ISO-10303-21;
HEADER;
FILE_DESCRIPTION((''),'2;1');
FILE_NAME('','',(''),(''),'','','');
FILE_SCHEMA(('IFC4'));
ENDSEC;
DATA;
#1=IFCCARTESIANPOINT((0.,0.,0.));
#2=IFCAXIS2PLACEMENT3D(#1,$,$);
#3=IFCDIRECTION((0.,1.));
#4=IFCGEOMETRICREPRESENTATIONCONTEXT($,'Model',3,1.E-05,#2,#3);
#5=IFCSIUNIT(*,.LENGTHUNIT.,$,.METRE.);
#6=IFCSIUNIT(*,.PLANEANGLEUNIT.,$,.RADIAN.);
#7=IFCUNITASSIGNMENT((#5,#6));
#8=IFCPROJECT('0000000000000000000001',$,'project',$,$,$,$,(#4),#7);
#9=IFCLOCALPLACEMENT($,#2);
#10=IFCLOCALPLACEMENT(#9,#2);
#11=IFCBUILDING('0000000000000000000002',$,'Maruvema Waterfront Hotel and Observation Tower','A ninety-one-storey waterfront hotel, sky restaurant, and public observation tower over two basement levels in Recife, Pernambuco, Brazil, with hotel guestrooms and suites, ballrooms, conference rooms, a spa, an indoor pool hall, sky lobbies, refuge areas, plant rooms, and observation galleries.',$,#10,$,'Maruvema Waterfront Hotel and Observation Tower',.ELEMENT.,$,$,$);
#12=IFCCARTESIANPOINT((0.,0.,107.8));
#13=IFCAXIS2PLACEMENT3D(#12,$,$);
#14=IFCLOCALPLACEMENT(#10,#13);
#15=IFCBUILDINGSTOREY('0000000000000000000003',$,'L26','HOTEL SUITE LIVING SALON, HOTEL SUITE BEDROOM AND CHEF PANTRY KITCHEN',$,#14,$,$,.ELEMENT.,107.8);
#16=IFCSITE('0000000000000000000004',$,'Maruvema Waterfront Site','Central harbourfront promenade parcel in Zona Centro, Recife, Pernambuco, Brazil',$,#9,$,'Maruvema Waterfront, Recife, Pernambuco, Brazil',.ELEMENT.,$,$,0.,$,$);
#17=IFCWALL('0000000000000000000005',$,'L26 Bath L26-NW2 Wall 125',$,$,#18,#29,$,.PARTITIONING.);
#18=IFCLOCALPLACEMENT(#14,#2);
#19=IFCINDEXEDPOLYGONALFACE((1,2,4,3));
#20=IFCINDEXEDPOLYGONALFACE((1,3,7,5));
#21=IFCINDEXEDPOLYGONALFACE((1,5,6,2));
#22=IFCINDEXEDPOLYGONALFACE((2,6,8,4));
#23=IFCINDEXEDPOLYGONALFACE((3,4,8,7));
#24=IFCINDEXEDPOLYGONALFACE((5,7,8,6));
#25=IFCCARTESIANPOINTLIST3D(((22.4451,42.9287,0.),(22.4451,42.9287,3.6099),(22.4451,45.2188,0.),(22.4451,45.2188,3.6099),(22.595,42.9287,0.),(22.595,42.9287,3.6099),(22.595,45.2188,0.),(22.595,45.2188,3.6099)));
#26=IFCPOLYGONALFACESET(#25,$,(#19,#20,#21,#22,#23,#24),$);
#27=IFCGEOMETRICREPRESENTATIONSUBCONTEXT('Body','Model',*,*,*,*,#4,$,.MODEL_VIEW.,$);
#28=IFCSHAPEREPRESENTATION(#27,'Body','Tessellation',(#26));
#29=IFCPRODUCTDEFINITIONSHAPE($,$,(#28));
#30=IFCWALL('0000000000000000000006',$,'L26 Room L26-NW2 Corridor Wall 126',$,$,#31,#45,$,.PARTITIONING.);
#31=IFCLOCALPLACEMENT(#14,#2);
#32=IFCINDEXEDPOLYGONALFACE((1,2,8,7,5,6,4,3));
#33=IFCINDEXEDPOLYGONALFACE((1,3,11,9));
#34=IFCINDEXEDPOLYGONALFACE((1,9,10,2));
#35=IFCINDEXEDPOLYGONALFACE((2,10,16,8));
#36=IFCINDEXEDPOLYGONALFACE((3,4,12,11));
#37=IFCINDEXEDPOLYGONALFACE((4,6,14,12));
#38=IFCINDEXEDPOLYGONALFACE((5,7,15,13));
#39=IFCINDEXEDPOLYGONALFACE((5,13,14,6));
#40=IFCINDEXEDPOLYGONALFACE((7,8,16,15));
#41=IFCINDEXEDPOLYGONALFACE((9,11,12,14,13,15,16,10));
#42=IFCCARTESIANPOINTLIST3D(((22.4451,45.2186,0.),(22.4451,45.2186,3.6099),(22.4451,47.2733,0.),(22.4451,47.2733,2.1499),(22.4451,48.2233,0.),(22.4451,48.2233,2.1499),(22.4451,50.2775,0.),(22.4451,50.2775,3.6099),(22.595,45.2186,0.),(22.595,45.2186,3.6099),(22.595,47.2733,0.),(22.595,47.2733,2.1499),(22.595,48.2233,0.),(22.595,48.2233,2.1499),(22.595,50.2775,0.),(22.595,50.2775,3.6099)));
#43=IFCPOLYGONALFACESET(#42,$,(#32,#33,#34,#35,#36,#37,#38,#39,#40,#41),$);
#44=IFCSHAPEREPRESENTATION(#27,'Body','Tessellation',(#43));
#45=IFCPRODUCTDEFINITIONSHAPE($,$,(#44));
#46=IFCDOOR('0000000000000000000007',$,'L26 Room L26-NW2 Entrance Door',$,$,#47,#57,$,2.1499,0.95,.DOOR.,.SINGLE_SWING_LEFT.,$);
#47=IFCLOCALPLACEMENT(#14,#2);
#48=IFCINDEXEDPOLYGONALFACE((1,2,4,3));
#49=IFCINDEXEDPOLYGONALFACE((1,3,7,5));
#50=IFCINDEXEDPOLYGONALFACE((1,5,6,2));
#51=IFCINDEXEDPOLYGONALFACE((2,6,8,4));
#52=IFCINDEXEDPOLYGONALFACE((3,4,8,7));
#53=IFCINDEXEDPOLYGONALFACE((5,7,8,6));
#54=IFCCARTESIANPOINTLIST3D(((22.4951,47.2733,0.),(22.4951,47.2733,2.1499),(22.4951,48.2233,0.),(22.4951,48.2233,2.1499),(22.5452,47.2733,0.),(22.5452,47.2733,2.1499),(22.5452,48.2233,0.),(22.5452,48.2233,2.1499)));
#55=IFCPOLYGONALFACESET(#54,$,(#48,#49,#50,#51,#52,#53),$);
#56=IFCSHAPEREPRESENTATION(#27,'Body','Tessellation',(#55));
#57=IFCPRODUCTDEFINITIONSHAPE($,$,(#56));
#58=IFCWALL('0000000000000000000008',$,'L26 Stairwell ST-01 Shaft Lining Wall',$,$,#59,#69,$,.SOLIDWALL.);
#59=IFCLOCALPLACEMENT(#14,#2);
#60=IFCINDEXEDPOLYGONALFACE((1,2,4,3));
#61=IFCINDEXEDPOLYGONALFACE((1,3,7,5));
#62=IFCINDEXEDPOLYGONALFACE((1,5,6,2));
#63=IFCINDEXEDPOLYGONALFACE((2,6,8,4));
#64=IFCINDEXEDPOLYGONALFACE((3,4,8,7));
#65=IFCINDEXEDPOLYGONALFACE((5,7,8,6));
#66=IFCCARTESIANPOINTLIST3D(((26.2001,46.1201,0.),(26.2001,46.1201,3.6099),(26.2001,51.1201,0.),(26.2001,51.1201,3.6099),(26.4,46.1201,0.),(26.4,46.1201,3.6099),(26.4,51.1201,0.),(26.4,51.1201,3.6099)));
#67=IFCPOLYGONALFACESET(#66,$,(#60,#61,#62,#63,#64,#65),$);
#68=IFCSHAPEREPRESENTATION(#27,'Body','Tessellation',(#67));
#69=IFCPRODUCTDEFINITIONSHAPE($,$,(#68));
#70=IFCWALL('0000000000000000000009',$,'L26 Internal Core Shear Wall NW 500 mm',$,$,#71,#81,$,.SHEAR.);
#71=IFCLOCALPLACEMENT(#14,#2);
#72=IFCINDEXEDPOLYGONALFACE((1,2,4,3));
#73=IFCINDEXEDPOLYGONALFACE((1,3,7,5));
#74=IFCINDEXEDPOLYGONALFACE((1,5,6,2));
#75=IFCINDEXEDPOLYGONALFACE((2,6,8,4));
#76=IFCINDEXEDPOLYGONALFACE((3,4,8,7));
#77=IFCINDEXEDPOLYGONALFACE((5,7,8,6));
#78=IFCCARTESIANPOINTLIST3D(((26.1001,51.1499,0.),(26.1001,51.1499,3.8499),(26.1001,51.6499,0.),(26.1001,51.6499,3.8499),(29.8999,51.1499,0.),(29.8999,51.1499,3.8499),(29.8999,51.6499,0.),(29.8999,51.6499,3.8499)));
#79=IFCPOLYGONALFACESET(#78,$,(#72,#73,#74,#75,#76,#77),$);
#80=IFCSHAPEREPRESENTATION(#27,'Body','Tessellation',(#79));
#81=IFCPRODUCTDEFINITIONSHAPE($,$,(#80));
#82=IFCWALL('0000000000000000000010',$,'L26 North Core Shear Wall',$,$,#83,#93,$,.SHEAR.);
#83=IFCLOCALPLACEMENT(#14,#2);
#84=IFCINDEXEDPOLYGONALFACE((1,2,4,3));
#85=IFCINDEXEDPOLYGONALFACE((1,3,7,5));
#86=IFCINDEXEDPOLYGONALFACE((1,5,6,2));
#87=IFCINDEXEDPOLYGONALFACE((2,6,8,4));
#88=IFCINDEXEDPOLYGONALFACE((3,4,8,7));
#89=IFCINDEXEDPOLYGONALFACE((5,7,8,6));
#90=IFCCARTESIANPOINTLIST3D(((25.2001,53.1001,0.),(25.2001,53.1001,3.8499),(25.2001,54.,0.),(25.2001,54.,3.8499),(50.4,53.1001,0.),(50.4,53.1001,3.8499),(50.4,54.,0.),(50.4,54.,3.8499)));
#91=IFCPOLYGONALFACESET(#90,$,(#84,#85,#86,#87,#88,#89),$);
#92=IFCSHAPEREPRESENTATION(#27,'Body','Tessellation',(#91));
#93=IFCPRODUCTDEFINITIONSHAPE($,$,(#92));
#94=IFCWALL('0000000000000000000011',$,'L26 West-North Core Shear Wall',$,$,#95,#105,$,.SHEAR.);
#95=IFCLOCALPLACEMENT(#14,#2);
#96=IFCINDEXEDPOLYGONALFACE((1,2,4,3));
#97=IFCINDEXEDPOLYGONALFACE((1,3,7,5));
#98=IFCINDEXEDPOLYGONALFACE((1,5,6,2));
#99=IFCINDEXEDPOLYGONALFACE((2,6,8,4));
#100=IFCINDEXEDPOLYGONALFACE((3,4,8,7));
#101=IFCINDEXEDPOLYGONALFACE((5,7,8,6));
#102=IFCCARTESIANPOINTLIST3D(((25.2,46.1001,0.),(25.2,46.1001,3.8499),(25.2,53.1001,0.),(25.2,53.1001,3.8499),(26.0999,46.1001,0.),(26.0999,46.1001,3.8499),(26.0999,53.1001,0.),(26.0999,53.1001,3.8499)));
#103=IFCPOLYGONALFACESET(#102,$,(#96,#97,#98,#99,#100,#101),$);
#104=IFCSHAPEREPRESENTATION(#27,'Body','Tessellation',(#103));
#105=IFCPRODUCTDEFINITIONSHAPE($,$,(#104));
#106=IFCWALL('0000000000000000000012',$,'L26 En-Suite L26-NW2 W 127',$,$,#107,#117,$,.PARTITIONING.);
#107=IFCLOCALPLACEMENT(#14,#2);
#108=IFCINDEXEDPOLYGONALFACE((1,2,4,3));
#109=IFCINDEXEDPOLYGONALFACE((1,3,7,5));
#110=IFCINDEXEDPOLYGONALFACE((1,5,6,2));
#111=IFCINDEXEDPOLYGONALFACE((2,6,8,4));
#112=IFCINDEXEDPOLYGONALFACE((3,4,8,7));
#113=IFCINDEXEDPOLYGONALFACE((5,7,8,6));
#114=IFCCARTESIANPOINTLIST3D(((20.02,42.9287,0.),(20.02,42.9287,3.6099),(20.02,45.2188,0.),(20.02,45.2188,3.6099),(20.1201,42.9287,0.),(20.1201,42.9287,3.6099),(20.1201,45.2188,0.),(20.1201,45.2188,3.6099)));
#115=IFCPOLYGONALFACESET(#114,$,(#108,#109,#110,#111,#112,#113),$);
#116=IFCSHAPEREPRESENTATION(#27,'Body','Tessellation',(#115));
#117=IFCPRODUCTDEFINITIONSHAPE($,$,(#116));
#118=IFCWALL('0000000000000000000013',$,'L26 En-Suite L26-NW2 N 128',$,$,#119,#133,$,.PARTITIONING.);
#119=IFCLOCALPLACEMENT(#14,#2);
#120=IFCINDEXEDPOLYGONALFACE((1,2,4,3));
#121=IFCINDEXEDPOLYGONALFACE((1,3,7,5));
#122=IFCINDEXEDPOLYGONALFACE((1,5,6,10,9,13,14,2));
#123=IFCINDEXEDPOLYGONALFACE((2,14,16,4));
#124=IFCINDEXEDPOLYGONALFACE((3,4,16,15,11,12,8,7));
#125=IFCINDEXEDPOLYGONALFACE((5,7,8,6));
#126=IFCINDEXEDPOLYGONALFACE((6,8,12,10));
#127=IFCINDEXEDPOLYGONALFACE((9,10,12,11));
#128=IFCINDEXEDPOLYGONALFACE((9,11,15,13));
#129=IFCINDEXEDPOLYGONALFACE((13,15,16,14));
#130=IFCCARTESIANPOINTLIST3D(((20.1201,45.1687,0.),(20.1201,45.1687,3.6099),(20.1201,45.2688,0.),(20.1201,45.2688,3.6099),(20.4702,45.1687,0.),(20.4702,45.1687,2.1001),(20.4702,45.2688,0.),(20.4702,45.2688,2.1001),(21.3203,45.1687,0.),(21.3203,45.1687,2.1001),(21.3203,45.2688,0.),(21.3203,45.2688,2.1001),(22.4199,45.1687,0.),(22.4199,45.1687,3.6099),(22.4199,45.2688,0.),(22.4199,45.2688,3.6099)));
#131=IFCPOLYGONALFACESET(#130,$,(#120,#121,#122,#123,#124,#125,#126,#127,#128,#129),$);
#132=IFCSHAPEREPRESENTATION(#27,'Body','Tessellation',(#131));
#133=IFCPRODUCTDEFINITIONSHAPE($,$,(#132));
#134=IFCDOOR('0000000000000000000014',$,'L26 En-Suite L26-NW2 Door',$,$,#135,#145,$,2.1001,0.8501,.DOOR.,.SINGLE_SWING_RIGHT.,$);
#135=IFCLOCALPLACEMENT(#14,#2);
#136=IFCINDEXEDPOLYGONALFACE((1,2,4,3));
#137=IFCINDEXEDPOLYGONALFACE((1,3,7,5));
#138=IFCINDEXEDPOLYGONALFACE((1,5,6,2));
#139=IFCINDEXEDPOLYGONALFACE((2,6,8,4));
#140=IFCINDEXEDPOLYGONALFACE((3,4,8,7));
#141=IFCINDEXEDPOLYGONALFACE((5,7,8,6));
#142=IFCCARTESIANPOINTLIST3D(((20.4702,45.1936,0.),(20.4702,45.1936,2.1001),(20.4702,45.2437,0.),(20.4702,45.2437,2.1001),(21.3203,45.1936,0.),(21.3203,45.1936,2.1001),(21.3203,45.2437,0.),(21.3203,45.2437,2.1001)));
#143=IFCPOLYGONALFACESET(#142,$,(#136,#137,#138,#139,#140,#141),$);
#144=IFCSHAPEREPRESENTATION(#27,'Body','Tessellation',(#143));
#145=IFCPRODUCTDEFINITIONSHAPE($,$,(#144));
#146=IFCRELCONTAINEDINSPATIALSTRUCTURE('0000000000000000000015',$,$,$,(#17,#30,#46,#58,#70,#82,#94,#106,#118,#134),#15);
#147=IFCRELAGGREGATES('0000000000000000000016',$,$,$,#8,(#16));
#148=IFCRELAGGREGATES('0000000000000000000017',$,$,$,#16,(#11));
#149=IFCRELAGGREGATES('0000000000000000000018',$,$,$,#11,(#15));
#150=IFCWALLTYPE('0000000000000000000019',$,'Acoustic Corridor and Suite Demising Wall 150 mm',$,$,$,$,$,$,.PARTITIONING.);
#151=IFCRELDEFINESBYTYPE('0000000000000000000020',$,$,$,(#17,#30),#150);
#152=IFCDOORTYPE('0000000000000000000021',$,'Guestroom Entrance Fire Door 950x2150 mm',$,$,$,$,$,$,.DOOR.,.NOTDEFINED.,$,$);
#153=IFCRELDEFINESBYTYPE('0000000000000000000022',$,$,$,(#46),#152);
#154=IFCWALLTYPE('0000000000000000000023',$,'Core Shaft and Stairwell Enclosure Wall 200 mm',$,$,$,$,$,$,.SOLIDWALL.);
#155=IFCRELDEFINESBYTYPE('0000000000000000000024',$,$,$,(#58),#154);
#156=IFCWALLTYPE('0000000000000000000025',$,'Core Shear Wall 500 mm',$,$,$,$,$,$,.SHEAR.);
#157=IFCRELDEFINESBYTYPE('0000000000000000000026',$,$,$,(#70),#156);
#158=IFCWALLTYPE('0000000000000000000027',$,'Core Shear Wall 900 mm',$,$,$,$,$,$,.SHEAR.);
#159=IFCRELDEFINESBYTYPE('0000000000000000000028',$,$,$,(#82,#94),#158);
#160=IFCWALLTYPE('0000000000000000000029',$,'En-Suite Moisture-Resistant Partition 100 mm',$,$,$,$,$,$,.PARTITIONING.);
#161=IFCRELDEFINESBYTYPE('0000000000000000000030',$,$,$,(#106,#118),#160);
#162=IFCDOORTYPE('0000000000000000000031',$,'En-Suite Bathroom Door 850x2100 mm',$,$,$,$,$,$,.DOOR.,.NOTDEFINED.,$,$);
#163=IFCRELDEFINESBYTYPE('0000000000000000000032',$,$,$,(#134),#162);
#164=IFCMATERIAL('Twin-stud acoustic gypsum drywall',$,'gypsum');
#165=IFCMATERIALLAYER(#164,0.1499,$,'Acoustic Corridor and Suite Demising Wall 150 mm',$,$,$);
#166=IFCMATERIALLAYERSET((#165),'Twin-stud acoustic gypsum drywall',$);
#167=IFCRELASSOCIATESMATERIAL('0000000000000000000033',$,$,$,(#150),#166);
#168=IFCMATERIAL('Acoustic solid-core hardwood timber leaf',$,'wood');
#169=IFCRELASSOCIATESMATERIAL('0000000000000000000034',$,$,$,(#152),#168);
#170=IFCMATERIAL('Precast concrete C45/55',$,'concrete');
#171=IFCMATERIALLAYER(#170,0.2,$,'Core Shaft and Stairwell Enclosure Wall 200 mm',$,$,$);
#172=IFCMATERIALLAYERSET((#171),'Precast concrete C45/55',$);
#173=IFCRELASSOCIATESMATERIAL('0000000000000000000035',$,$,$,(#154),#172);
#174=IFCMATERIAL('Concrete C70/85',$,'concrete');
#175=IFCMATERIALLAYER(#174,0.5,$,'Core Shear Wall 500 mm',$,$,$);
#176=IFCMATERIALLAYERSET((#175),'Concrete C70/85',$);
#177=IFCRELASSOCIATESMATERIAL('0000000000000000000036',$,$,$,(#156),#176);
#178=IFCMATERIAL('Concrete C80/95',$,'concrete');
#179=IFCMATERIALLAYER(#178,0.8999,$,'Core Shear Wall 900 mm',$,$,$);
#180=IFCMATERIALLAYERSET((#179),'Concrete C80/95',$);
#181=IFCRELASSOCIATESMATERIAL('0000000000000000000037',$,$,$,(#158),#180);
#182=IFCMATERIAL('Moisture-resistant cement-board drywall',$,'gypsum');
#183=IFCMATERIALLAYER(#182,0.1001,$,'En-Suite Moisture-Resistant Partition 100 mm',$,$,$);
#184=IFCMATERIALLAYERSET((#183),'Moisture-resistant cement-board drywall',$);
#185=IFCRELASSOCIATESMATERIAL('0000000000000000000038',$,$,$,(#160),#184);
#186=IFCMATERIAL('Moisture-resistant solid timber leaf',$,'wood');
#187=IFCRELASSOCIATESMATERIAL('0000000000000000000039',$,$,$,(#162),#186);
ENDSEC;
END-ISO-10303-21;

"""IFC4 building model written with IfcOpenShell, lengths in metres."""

from ifc_helpers import new_model, si_unit, direction, frame, frame_2d, origin, place, context, subcontext, project, spatial, rectangle, extrude, material, layer, layer_set, type_object, element, fill, save


model = new_model("IFC4")

# Units and contexts
model_context = context("Model", 3, precision=1e-05, world=origin(), true_north=direction((0.0, 1.0)))
body_context = subcontext(model_context, "Body", "Model", "MODEL_VIEW")
ifc_project = project(units=[si_unit("LENGTHUNIT", "METRE"), si_unit("PLANEANGLEUNIT", "RADIAN")], contexts=[model_context])

# Site, building, storey
site_placement = place(None, origin())
site = spatial("IfcSite", under=ifc_project, at=site_placement, Name="Maruvema Waterfront Site", Description="Central harbourfront promenade parcel in Zona Centro, Recife, Pernambuco, Brazil", LongName="Maruvema Waterfront, Recife, Pernambuco, Brazil", CompositionType="ELEMENT", RefElevation=0.0)
building_placement = place(site_placement, origin())
building = spatial("IfcBuilding", under=site, at=building_placement, Name="Maruvema Waterfront Hotel and Observation Tower", Description="A ninety-one-storey waterfront hotel, sky restaurant, and public observation tower over two basement levels in Recife, Pernambuco, Brazil, with hotel guestrooms and suites, ballrooms, conference rooms, a spa, an indoor pool hall, sky lobbies, refuge areas, plant rooms, and observation galleries.", LongName="Maruvema Waterfront Hotel and Observation Tower", CompositionType="ELEMENT")
storey_placement = place(building_placement, frame((0.0, 0.0, 107.8)))
storey = spatial("IfcBuildingStorey", under=building, at=storey_placement, Name="L26", Description="HOTEL SUITE LIVING SALON, HOTEL SUITE BEDROOM AND CHEF PANTRY KITCHEN", CompositionType="ELEMENT", Elevation=107.8)

# Wall
ifc_material_1 = material(Name="Twin-stud acoustic gypsum drywall", Category="gypsum")
ifc_layer_1 = layer(ifc_material_1, 0.1499, Name="Acoustic Corridor and Suite Demising Wall 150 mm")
ifc_layer_set_1 = layer_set([ifc_layer_1], Name="Twin-stud acoustic gypsum drywall")
wall_type_1 = type_object("IfcWallType", Name="Acoustic Corridor and Suite Demising Wall 150 mm", PredefinedType="PARTITIONING", material=ifc_layer_set_1)
wall_1_placement = place(storey_placement, frame((22.52, 42.9287, 0.0), z_axis=(0.0, 0.0, 1.0), x_axis=(0.0, 1.0, 0.0)))
element("IfcWall", 1, at=wall_1_placement, inside=storey, type_object=wall_type_1, Name="L26 Bath L26-NW2 Wall 125", PredefinedType="PARTITIONING", context=body_context, shape_type="SweptSolid", body=[
    extrude(rectangle(XDim=2.29, YDim=0.1499, at=frame_2d((1.145, 0.0))), origin(), (0.0, 0.0, 1.0), 3.6099),
])

# Wall, opening, door
wall_2_placement = place(storey_placement, frame((22.52, 45.2188, 0.0), z_axis=(0.0, 0.0, 1.0), x_axis=(0.0, 1.0, 0.0)))
wall_2 = element("IfcWall", 2, at=wall_2_placement, inside=storey, type_object=wall_type_1, Name="L26 Room L26-NW2 Corridor Wall 126", PredefinedType="PARTITIONING", context=body_context, shape_type="SweptSolid", body=[
    extrude(rectangle(XDim=5.0588, YDim=0.1499, at=frame_2d((2.5293, 0.0))), origin(), (0.0, 0.0, 1.0), 3.6099),
])
opening_1_placement = place(wall_2_placement, frame((2.0544, 0.0, 0.0)))
opening_1 = element("IfcOpeningElement", 3, at=opening_1_placement, cuts=wall_2, PredefinedType="OPENING", context=body_context, shape_type="SweptSolid", body=[
    extrude(rectangle(XDim=0.95, YDim=2.1499, at=frame_2d((0.4751, 1.075))), frame((0.0, 0.085, 0.0), z_axis=(0.0, -1.0, 0.0), x_axis=(1.0, 0.0, 0.0)), (0.0, 0.0, 1.0), 0.1699),
])
ifc_material_2 = material(Name="Acoustic solid-core hardwood timber leaf", Category="wood")
door_type_1 = type_object("IfcDoorType", Name="Guestroom Entrance Fire Door 950x2150 mm", OperationType="NOTDEFINED", PredefinedType="DOOR", material=ifc_material_2)
door_1_placement = place(opening_1_placement, origin())
door_1 = element("IfcDoor", 4, at=door_1_placement, inside=storey, type_object=door_type_1, Name="L26 Room L26-NW2 Entrance Door", OperationType="SINGLE_SWING_LEFT", OverallHeight=2.1499, OverallWidth=0.95, PredefinedType="DOOR", context=body_context, shape_type="SweptSolid", body=[
    extrude(rectangle(XDim=0.95, YDim=2.1499, at=frame_2d((0.4751, 1.075))), frame((0.0, 0.0249, 0.0), z_axis=(0.0, -1.0, 0.0), x_axis=(1.0, 0.0, 0.0)), (0.0, 0.0, 1.0), 0.05),
])
fill(opening_1, door_1)

# Walls
ifc_material_3 = material(Name="Precast concrete C45/55", Category="concrete")
ifc_layer_2 = layer(ifc_material_3, 0.2, Name="Core Shaft and Stairwell Enclosure Wall 200 mm")
ifc_layer_set_2 = layer_set([ifc_layer_2], Name="Precast concrete C45/55")
wall_type_2 = type_object("IfcWallType", Name="Core Shaft and Stairwell Enclosure Wall 200 mm", PredefinedType="SOLIDWALL", material=ifc_layer_set_2)
wall_3_placement = place(storey_placement, frame((26.3, 46.1201, 0.0), z_axis=(0.0, 0.0, 1.0), x_axis=(0.0, 1.0, 0.0)))
element("IfcWall", 5, at=wall_3_placement, inside=storey, type_object=wall_type_2, Name="L26 Stairwell ST-01 Shaft Lining Wall", PredefinedType="SOLIDWALL", context=body_context, shape_type="SweptSolid", body=[
    extrude(rectangle(XDim=5.0, YDim=0.2, at=frame_2d((2.5, 0.0))), origin(), (0.0, 0.0, 1.0), 3.6099),
])
ifc_material_4 = material(Name="Concrete C70/85", Category="concrete")
ifc_layer_3 = layer(ifc_material_4, 0.5, Name="Core Shear Wall 500 mm")
ifc_layer_set_3 = layer_set([ifc_layer_3], Name="Concrete C70/85")
wall_type_3 = type_object("IfcWallType", Name="Core Shear Wall 500 mm", PredefinedType="SHEAR", material=ifc_layer_set_3)
wall_4_placement = place(storey_placement, frame((26.1001, 51.3999, 0.0), z_axis=(0.0, 0.0, 1.0), x_axis=(1.0, 0.0, 0.0)))
element("IfcWall", 6, at=wall_4_placement, inside=storey, type_object=wall_type_3, Name="L26 Internal Core Shear Wall NW 500 mm", PredefinedType="SHEAR", context=body_context, shape_type="SweptSolid", body=[
    extrude(rectangle(XDim=3.7998, YDim=0.5, at=frame_2d((1.8999, 0.0))), origin(), (0.0, 0.0, 1.0), 3.8499),
])
ifc_material_5 = material(Name="Concrete C80/95", Category="concrete")
ifc_layer_4 = layer(ifc_material_5, 0.8999, Name="Core Shear Wall 900 mm")
ifc_layer_set_4 = layer_set([ifc_layer_4], Name="Concrete C80/95")
wall_type_4 = type_object("IfcWallType", Name="Core Shear Wall 900 mm", PredefinedType="SHEAR", material=ifc_layer_set_4)
wall_5_placement = place(storey_placement, frame((25.2, 53.55, 0.0), z_axis=(0.0, 0.0, 1.0), x_axis=(1.0, 0.0, 0.0)))
element("IfcWall", 7, at=wall_5_placement, inside=storey, type_object=wall_type_4, Name="L26 North Core Shear Wall", PredefinedType="SHEAR", context=body_context, shape_type="SweptSolid", body=[
    extrude(rectangle(XDim=25.2, YDim=0.8999, at=frame_2d((12.6001, 0.0))), origin(), (0.0, 0.0, 1.0), 3.8499),
])
wall_6_placement = place(storey_placement, frame((25.6499, 46.1001, 0.0), z_axis=(0.0, 0.0, 1.0), x_axis=(0.0, 1.0, 0.0)))
element("IfcWall", 8, at=wall_6_placement, inside=storey, type_object=wall_type_4, Name="L26 West-North Core Shear Wall", PredefinedType="SHEAR", context=body_context, shape_type="SweptSolid", body=[
    extrude(rectangle(XDim=7.0, YDim=0.8999, at=frame_2d((3.5, 0.0))), origin(), (0.0, 0.0, 1.0), 3.8499),
])
ifc_material_6 = material(Name="Moisture-resistant cement-board drywall", Category="gypsum")
ifc_layer_5 = layer(ifc_material_6, 0.1001, Name="En-Suite Moisture-Resistant Partition 100 mm")
ifc_layer_set_5 = layer_set([ifc_layer_5], Name="Moisture-resistant cement-board drywall")
wall_type_5 = type_object("IfcWallType", Name="En-Suite Moisture-Resistant Partition 100 mm", PredefinedType="PARTITIONING", material=ifc_layer_set_5)
wall_7_placement = place(storey_placement, frame((20.0701, 42.9287, 0.0), z_axis=(0.0, 0.0, 1.0), x_axis=(0.0, 1.0, 0.0)))
element("IfcWall", 9, at=wall_7_placement, inside=storey, type_object=wall_type_5, Name="L26 En-Suite L26-NW2 W 127", PredefinedType="PARTITIONING", context=body_context, shape_type="SweptSolid", body=[
    extrude(rectangle(XDim=2.29, YDim=0.1001, at=frame_2d((1.145, 0.0))), origin(), (0.0, 0.0, 1.0), 3.6099),
])

# Wall, opening, door
wall_8_placement = place(storey_placement, frame((20.1201, 45.2188, 0.0), z_axis=(0.0, 0.0, 1.0), x_axis=(1.0, 0.0, 0.0)))
wall_8 = element("IfcWall", 10, at=wall_8_placement, inside=storey, type_object=wall_type_5, Name="L26 En-Suite L26-NW2 N 128", PredefinedType="PARTITIONING", context=body_context, shape_type="SweptSolid", body=[
    extrude(rectangle(XDim=2.2998, YDim=0.1001, at=frame_2d((1.1499, 0.0))), origin(), (0.0, 0.0, 1.0), 3.6099),
])
opening_2_placement = place(wall_8_placement, frame((0.3501, 0.0, 0.0)))
opening_2 = element("IfcOpeningElement", 11, at=opening_2_placement, cuts=wall_8, PredefinedType="OPENING", context=body_context, shape_type="SweptSolid", body=[
    extrude(rectangle(XDim=0.8501, YDim=2.1001, at=frame_2d((0.425, 1.05))), frame((0.0, 0.0601, 0.0), z_axis=(0.0, -1.0, 0.0), x_axis=(1.0, 0.0, 0.0)), (0.0, 0.0, 1.0), 0.1201),
])
ifc_material_7 = material(Name="Moisture-resistant solid timber leaf", Category="wood")
door_type_2 = type_object("IfcDoorType", Name="En-Suite Bathroom Door 850x2100 mm", OperationType="NOTDEFINED", PredefinedType="DOOR", material=ifc_material_7)
door_2_placement = place(opening_2_placement, origin())
door_2 = element("IfcDoor", 12, at=door_2_placement, inside=storey, type_object=door_type_2, Name="L26 En-Suite L26-NW2 Door", OperationType="SINGLE_SWING_RIGHT", OverallHeight=2.1001, OverallWidth=0.8501, PredefinedType="DOOR", context=body_context, shape_type="SweptSolid", body=[
    extrude(rectangle(XDim=0.8501, YDim=2.1001, at=frame_2d((0.425, 1.05))), frame((0.0, 0.0249, 0.0), z_axis=(0.0, -1.0, 0.0), x_axis=(1.0, 0.0, 0.0)), (0.0, 0.0, 1.0), 0.05),
])
fill(opening_2, door_2)

save(model, "model.ifc")
